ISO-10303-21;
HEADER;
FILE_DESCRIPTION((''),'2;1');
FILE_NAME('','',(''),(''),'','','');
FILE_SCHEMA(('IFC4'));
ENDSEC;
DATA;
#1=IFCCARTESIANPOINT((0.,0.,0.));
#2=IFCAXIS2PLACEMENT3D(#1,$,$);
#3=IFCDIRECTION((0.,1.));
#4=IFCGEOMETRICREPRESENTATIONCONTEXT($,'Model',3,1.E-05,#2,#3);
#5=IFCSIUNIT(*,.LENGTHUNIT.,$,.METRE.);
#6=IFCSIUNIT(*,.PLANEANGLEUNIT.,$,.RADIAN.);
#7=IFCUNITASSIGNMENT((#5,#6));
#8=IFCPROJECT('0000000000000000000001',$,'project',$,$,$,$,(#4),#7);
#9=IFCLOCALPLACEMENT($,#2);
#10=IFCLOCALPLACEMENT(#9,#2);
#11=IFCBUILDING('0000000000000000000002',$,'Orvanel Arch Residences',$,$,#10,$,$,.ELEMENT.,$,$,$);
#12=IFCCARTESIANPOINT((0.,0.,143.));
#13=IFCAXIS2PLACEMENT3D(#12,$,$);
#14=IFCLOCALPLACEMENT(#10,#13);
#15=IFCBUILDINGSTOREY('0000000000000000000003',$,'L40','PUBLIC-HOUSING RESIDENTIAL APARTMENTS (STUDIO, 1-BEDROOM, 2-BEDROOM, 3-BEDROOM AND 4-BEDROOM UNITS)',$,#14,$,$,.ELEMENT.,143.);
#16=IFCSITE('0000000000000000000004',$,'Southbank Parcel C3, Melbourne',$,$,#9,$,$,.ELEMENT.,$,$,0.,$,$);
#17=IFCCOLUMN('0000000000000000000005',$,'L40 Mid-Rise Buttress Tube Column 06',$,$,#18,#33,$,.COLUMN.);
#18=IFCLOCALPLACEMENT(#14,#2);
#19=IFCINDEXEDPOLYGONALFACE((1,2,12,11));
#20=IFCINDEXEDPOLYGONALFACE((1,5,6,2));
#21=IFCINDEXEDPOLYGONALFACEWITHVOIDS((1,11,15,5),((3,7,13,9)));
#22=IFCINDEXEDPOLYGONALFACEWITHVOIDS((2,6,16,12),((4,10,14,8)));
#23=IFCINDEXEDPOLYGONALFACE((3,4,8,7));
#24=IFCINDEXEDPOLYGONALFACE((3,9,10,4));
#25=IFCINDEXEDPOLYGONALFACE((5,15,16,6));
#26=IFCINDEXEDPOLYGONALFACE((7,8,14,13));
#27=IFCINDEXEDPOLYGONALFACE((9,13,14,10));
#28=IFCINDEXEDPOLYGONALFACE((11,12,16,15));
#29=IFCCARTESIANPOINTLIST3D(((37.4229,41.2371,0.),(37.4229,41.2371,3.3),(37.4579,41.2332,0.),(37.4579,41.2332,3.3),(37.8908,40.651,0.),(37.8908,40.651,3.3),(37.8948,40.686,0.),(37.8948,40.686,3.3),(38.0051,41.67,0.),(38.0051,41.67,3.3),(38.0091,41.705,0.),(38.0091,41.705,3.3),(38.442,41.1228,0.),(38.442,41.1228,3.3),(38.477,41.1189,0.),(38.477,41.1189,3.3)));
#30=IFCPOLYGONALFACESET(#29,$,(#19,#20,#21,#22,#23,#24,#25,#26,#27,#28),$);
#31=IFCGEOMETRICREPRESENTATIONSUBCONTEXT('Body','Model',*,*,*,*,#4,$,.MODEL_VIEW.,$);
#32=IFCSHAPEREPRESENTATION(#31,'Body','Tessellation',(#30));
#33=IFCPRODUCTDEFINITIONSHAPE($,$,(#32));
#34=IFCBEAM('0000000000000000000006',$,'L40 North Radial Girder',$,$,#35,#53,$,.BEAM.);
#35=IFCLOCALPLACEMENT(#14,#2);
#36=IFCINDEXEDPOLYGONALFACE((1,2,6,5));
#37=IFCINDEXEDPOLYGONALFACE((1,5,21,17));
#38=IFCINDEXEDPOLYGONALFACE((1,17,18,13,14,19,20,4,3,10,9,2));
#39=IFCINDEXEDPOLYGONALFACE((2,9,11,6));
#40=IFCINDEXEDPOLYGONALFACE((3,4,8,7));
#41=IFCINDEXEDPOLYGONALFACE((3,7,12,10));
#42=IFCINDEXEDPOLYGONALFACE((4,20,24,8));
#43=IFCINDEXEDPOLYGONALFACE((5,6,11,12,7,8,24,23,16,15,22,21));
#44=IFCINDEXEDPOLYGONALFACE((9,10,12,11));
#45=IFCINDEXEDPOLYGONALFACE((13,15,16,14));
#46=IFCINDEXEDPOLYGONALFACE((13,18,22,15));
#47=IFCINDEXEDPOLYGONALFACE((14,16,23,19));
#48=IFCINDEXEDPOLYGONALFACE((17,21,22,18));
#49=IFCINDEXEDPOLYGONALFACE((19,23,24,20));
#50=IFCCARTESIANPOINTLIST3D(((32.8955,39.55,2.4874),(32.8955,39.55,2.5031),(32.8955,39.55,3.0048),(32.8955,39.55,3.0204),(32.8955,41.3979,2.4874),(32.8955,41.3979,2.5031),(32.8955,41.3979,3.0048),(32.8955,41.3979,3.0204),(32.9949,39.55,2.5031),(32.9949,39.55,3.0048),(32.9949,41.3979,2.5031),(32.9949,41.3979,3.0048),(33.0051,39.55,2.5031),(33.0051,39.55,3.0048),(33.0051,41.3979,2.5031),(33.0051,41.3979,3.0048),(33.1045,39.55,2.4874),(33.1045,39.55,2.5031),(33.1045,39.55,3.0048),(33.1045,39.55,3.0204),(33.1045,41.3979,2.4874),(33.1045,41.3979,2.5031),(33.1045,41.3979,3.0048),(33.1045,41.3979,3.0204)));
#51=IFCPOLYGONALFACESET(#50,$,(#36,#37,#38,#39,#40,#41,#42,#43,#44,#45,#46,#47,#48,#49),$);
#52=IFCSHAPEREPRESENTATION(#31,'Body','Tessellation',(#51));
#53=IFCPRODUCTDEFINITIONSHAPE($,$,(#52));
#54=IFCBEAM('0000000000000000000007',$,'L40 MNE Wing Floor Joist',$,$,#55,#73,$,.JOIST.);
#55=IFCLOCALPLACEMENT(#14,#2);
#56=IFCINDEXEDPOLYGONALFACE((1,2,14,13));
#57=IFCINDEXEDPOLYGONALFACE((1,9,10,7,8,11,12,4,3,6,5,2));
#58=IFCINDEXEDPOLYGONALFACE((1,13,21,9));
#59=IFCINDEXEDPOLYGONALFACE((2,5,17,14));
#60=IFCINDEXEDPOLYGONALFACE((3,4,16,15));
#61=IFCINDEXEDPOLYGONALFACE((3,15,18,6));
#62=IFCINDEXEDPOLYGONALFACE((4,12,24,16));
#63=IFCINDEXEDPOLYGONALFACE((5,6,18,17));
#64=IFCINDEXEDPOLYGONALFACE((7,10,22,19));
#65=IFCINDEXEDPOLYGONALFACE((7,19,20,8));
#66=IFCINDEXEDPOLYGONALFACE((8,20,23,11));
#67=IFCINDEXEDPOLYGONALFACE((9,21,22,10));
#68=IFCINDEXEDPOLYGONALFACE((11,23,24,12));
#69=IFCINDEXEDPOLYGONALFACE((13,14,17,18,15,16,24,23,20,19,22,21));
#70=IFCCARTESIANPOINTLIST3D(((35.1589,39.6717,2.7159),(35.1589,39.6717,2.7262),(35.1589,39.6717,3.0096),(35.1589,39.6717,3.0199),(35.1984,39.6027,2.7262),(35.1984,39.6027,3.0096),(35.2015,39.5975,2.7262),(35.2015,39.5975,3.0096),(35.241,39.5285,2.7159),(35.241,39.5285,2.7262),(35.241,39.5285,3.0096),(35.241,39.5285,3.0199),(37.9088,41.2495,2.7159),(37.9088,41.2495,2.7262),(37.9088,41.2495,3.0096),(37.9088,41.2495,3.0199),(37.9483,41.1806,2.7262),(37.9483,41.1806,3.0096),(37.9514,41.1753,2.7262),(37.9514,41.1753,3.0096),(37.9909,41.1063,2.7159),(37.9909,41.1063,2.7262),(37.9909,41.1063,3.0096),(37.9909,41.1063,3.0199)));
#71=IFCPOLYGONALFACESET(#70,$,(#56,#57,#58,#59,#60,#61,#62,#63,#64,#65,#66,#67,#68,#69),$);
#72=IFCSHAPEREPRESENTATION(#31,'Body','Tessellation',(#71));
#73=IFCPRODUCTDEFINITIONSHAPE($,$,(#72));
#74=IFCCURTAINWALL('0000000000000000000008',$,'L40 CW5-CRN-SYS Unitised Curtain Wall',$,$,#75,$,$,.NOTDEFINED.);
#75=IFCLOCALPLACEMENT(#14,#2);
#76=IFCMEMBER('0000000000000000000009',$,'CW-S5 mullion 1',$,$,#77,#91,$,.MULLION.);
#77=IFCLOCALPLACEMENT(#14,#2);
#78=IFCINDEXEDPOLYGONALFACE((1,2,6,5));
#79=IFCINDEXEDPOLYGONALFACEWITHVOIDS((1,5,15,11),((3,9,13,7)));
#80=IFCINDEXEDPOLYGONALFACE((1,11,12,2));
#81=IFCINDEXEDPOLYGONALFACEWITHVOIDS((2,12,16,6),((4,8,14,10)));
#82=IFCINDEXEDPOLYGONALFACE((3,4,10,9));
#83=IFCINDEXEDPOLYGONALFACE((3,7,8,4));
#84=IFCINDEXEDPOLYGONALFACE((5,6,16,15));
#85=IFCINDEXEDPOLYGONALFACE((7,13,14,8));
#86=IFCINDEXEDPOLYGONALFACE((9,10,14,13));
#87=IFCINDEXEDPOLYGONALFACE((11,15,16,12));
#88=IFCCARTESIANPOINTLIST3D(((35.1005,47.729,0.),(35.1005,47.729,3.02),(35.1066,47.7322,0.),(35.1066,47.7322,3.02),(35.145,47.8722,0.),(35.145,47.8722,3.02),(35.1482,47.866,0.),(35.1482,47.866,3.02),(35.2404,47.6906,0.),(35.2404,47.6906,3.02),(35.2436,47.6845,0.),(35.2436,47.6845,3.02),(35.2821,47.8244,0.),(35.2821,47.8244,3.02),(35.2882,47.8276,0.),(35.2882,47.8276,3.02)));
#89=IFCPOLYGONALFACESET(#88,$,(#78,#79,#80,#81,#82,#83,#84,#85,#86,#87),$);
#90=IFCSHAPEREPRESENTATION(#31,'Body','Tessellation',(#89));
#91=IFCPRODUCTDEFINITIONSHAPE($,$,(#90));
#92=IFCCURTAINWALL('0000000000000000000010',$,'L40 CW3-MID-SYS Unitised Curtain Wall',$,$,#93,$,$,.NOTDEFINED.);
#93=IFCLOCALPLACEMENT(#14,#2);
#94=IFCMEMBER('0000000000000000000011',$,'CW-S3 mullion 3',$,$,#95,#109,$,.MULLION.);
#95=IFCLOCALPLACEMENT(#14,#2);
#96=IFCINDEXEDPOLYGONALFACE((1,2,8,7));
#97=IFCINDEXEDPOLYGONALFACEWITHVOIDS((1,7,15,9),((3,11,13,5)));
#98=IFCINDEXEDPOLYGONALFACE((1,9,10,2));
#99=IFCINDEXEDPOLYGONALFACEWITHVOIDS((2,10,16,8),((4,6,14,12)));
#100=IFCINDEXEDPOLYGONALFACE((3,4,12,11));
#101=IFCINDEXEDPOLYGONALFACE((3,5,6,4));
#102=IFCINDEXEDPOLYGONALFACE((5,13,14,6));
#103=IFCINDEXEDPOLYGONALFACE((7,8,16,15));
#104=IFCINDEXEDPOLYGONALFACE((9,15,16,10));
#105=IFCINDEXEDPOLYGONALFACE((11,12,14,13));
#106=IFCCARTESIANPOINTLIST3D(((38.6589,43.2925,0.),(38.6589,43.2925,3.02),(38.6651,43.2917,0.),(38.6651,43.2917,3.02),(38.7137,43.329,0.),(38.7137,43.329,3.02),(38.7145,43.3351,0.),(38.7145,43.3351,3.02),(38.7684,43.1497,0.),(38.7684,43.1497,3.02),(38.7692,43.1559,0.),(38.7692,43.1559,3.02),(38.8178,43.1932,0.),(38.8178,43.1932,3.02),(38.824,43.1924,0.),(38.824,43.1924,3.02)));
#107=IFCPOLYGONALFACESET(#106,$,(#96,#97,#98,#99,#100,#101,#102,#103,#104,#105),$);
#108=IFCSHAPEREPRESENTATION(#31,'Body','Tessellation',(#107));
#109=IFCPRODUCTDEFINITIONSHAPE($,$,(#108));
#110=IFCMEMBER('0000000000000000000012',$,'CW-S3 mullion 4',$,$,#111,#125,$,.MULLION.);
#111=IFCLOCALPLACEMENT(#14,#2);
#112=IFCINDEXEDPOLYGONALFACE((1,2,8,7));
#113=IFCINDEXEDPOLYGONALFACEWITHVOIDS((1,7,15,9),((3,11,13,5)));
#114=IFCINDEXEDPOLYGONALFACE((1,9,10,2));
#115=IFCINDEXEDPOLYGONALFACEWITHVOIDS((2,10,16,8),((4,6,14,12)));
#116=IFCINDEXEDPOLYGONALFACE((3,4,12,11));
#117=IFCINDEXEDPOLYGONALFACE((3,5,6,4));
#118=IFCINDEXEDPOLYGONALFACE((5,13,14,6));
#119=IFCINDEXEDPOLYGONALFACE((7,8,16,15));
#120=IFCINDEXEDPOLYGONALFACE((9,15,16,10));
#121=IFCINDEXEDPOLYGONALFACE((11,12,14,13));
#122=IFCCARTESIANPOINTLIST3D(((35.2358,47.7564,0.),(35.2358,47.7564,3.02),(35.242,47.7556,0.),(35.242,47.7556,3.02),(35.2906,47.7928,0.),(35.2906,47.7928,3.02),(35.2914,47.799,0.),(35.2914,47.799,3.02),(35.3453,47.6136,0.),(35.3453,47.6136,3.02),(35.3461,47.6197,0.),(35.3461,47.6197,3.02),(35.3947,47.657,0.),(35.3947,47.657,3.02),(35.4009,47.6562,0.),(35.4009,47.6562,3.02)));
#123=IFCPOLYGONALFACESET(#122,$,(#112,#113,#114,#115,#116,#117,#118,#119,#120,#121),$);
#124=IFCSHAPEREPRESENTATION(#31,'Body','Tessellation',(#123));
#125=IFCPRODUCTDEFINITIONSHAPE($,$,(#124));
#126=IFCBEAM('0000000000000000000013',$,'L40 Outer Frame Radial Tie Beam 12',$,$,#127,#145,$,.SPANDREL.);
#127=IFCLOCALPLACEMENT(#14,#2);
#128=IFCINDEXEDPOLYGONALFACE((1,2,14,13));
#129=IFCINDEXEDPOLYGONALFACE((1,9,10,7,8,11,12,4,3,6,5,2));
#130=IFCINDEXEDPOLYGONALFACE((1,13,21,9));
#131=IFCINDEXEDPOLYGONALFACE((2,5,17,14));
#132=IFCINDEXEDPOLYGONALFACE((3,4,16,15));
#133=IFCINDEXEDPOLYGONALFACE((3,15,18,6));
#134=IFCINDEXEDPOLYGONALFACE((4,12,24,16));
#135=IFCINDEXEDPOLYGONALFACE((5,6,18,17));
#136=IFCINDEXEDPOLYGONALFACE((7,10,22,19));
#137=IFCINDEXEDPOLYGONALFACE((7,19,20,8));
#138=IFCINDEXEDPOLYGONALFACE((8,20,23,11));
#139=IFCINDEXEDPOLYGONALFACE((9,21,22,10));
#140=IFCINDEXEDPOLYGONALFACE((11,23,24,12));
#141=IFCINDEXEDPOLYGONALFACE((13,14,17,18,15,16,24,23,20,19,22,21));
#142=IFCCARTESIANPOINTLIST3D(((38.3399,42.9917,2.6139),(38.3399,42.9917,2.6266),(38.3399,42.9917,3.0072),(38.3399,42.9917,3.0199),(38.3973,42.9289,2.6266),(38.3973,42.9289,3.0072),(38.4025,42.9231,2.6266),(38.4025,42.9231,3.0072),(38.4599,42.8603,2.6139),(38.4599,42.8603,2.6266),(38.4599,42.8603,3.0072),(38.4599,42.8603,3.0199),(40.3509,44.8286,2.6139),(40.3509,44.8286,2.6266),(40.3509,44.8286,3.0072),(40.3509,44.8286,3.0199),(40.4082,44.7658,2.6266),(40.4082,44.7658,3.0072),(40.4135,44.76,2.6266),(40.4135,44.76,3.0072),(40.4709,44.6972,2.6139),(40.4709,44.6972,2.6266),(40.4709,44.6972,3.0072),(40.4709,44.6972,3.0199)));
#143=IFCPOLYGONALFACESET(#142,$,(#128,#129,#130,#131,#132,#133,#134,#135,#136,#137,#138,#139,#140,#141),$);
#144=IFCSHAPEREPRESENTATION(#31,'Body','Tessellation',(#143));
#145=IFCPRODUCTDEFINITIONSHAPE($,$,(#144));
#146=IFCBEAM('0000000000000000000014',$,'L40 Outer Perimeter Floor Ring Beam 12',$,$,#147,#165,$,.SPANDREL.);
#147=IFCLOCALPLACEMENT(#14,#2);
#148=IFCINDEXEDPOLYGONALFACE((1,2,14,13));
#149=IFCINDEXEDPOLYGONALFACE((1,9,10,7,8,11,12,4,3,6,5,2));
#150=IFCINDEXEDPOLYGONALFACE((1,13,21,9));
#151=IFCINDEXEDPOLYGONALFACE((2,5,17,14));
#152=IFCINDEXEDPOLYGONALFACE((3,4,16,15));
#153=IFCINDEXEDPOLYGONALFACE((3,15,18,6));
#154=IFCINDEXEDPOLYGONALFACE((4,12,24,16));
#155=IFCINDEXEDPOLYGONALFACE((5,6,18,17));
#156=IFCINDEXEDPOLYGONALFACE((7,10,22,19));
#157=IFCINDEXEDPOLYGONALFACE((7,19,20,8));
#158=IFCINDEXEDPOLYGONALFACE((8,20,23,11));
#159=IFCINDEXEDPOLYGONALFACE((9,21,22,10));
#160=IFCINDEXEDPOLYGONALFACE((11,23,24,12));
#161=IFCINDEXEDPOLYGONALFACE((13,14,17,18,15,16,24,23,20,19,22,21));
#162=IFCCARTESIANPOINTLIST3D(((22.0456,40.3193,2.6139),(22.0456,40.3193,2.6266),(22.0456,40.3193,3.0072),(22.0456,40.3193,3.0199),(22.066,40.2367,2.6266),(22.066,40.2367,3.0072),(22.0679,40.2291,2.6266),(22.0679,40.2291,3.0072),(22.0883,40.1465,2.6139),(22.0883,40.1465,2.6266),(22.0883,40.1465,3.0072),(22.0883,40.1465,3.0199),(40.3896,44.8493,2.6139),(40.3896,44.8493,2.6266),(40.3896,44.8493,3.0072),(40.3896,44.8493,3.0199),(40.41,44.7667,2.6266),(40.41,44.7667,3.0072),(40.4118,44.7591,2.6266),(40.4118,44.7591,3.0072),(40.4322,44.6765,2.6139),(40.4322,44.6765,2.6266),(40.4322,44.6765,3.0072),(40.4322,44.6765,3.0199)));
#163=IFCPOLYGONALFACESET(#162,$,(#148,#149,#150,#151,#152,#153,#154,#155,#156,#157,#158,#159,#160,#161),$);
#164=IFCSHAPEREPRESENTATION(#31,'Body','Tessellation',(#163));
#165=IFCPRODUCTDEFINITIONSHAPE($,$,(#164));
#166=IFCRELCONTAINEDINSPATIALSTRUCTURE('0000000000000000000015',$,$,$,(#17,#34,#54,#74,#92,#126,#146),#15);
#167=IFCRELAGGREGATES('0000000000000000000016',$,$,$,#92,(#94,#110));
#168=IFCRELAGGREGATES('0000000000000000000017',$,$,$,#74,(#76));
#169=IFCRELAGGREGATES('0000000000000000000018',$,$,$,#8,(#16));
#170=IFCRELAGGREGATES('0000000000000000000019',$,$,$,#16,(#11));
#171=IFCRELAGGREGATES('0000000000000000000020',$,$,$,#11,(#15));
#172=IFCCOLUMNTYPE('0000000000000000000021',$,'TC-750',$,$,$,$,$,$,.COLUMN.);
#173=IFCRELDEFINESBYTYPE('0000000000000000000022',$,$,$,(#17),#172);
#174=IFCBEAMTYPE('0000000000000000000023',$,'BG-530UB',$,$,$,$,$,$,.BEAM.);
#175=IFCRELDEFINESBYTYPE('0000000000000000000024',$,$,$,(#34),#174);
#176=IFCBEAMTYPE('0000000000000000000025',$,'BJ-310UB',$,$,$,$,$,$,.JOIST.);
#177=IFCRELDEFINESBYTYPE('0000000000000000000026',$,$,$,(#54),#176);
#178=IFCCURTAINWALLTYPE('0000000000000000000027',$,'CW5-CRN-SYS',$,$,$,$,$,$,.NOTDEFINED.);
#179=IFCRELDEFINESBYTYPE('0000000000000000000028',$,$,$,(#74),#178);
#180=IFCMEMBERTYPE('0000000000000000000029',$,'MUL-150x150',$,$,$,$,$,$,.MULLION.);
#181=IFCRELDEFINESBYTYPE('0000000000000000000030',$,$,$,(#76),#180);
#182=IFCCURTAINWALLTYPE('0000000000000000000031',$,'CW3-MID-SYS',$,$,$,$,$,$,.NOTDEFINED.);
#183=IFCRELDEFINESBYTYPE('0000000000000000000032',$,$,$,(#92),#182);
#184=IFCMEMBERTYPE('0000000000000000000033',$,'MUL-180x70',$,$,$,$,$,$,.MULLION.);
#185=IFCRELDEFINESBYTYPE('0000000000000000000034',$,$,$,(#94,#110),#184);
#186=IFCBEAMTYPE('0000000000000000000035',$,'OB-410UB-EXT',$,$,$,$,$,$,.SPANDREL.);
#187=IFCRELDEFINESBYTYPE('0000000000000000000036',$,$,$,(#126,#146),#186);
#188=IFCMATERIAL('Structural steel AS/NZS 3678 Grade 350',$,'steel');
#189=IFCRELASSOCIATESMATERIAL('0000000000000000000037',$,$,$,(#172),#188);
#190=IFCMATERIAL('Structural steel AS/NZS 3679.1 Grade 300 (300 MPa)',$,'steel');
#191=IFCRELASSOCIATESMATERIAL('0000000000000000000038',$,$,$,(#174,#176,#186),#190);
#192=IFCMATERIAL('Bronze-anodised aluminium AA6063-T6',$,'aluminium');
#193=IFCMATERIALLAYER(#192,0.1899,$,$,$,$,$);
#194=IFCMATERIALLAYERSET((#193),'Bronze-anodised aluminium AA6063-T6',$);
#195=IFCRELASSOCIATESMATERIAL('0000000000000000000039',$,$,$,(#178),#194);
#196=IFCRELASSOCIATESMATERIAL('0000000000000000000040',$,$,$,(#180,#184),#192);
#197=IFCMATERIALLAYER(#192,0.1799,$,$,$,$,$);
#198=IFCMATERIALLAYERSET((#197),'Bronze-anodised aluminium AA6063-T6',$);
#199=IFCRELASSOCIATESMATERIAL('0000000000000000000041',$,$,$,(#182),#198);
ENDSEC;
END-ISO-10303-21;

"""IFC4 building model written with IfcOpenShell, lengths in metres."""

from ifc_helpers import new_model, si_unit, direction, frame, origin, origin_2d, place, context, subcontext, project, spatial, hollow_rectangle, i_section, extrude, material, layer, layer_set, material_profile, profile_set, type_object, element, aggregate, save


model = new_model("IFC4")

# Units and contexts
model_context = context("Model", 3, precision=1e-05, world=origin(), true_north=direction((0.0, 1.0)))
body_context = subcontext(model_context, "Body", "Model", "MODEL_VIEW")
ifc_project = project(units=[si_unit("LENGTHUNIT", "METRE"), si_unit("PLANEANGLEUNIT", "RADIAN")], contexts=[model_context])

# Site, building, storey
site_placement = place(None, origin())
site = spatial("IfcSite", under=ifc_project, at=site_placement, Name="Southbank Parcel C3, Melbourne", CompositionType="ELEMENT", RefElevation=0.0)
building_placement = place(site_placement, origin())
building = spatial("IfcBuilding", under=site, at=building_placement, Name="Orvanel Arch Residences", CompositionType="ELEMENT")
storey_placement = place(building_placement, frame((0.0, 0.0, 143.0)))
storey = spatial("IfcBuildingStorey", under=building, at=storey_placement, Name="L40", Description="PUBLIC-HOUSING RESIDENTIAL APARTMENTS (STUDIO, 1-BEDROOM, 2-BEDROOM, 3-BEDROOM AND 4-BEDROOM UNITS)", CompositionType="ELEMENT", Elevation=143.0)

# Column
ifc_material_1 = material(Name="Structural steel AS/NZS 3678 Grade 350", Category="steel")
ifc_material_profile_1 = material_profile(ifc_material_1, hollow_rectangle(XDim=0.75, YDim=0.75, WallThickness=0.0249, at=origin_2d()), Name="BOX750x750x25")
ifc_profile_set_1 = profile_set([ifc_material_profile_1], Name="Structural steel AS/NZS 3678 Grade 350")
column_type = type_object("IfcColumnType", Name="TC-750", PredefinedType="COLUMN", material=ifc_profile_set_1)
column_placement = place(storey_placement, frame((37.95, 41.178, 0.0), z_axis=(0.0, 0.0, 1.0), x_axis=(-0.62388, 0.78152, 0.0)))
element("IfcColumn", 1, at=column_placement, inside=storey, type_object=column_type, Name="L40 Mid-Rise Buttress Tube Column 06", PredefinedType="COLUMN", context=body_context, shape_type="SweptSolid", body=[
    extrude(hollow_rectangle(XDim=0.75, YDim=0.75, WallThickness=0.0249, at=origin_2d()), origin(), (0.0, 0.0, 1.0), 3.3),
])

# Beams
ifc_material_2 = material(Name="Structural steel AS/NZS 3679.1 Grade 300 (300 MPa)", Category="steel")
ifc_material_profile_2 = material_profile(ifc_material_2, i_section(OverallWidth=0.209, OverallDepth=0.533, WebThickness=0.0103, FlangeThickness=0.0156, at=origin_2d()), Name="530UB92.4")
ifc_profile_set_2 = profile_set([ifc_material_profile_2], Name="Structural steel AS/NZS 3679.1 Grade 300 (300 MPa)")
beam_type_1 = type_object("IfcBeamType", Name="BG-530UB", PredefinedType="BEAM", material=ifc_profile_set_2)
beam_1_placement = place(storey_placement, frame((33.0, 39.55, 2.7539), z_axis=(0.0, 1.0, 0.0), x_axis=(-1.0, 0.0, 0.0)))
element("IfcBeam", 2, at=beam_1_placement, inside=storey, type_object=beam_type_1, Name="L40 North Radial Girder", PredefinedType="BEAM", context=body_context, shape_type="SweptSolid", body=[
    extrude(i_section(OverallWidth=0.209, OverallDepth=0.533, WebThickness=0.0103, FlangeThickness=0.0156, at=origin_2d()), origin(), (0.0, 0.0, 1.0), 1.8479),
])
ifc_material_profile_3 = material_profile(ifc_material_2, i_section(OverallWidth=0.165, OverallDepth=0.304, WebThickness=0.0061, FlangeThickness=0.0103, at=origin_2d()), Name="310UB40.4")
ifc_profile_set_3 = profile_set([ifc_material_profile_3], Name="Structural steel AS/NZS 3679.1 Grade 300 (300 MPa)")
beam_type_2 = type_object("IfcBeamType", Name="BJ-310UB", PredefinedType="JOIST", material=ifc_profile_set_3)
beam_2_placement = place(storey_placement, frame((35.2, 39.6001, 2.8679), z_axis=(0.867365, 0.497672, 0.0), x_axis=(-0.497672, 0.867365, 0.0)))
element("IfcBeam", 3, at=beam_2_placement, inside=storey, type_object=beam_type_2, Name="L40 MNE Wing Floor Joist", PredefinedType="JOIST", context=body_context, shape_type="SweptSolid", body=[
    extrude(i_section(OverallWidth=0.165, OverallDepth=0.304, WebThickness=0.0061, FlangeThickness=0.0103, at=origin_2d()), origin(), (0.0, 0.0, 1.0), 3.1704),
])

# Curtain wall, member
ifc_material_3 = material(Name="Bronze-anodised aluminium AA6063-T6", Category="aluminium")
ifc_layer_1 = layer(ifc_material_3, 0.1899)
ifc_layer_set_1 = layer_set([ifc_layer_1], Name="Bronze-anodised aluminium AA6063-T6")
curtain_wall_type_1 = type_object("IfcCurtainWallType", Name="CW5-CRN-SYS", PredefinedType="NOTDEFINED", material=ifc_layer_set_1)
curtain_wall_1_placement = place(storey_placement, origin())
curtain_wall_1 = element("IfcCurtainWall", 4, at=curtain_wall_1_placement, inside=storey, type_object=curtain_wall_type_1, Name="L40 CW5-CRN-SYS Unitised Curtain Wall", PredefinedType="NOTDEFINED")
ifc_material_profile_4 = material_profile(ifc_material_3, hollow_rectangle(XDim=0.1499, YDim=0.1499, WallThickness=0.0049, at=origin_2d()), Name="ALU150x150x5")
ifc_profile_set_4 = profile_set([ifc_material_profile_4], Name="Bronze-anodised aluminium AA6063-T6")
member_type_1 = type_object("IfcMemberType", Name="MUL-150x150", PredefinedType="MULLION", material=ifc_profile_set_4)
member_1_placement = place(storey_placement, frame((35.1943, 47.7783, 0.0), z_axis=(0.0, 0.0, 1.0), x_axis=(-0.297028, -0.954869, 0.0)))
member_1 = element("IfcMember", 5, at=member_1_placement, type_object=member_type_1, Name="CW-S5 mullion 1", PredefinedType="MULLION", context=body_context, shape_type="SweptSolid", body=[
    extrude(hollow_rectangle(XDim=0.1499, YDim=0.1499, WallThickness=0.0049, at=origin_2d()), origin(), (0.0, 0.0, 1.0), 3.02),
])

# Curtain wall, members
ifc_layer_2 = layer(ifc_material_3, 0.1799)
ifc_layer_set_2 = layer_set([ifc_layer_2], Name="Bronze-anodised aluminium AA6063-T6")
curtain_wall_type_2 = type_object("IfcCurtainWallType", Name="CW3-MID-SYS", PredefinedType="NOTDEFINED", material=ifc_layer_set_2)
curtain_wall_2_placement = place(storey_placement, origin())
curtain_wall_2 = element("IfcCurtainWall", 6, at=curtain_wall_2_placement, inside=storey, type_object=curtain_wall_type_2, Name="L40 CW3-MID-SYS Unitised Curtain Wall", PredefinedType="NOTDEFINED")
ifc_material_profile_5 = material_profile(ifc_material_3, hollow_rectangle(XDim=0.0701, YDim=0.1799, WallThickness=0.0044, at=origin_2d()), Name="ALU180x70x4.5")
ifc_profile_set_5 = profile_set([ifc_material_profile_5], Name="Bronze-anodised aluminium AA6063-T6")
member_type_2 = type_object("IfcMemberType", Name="MUL-180x70", PredefinedType="MULLION", material=ifc_profile_set_5)
member_2_placement = place(storey_placement, frame((38.7415, 43.2424, 0.0), z_axis=(0.0, 0.0, 1.0), x_axis=(-0.793545, -0.608512, 0.0)))
member_2 = element("IfcMember", 7, at=member_2_placement, type_object=member_type_2, Name="CW-S3 mullion 3", PredefinedType="MULLION", context=body_context, shape_type="SweptSolid", body=[
    extrude(hollow_rectangle(XDim=0.0701, YDim=0.1799, WallThickness=0.0044, at=origin_2d()), origin(), (0.0, 0.0, 1.0), 3.02),
])
member_3_placement = place(storey_placement, frame((35.3184, 47.7063, 0.0), z_axis=(0.0, 0.0, 1.0), x_axis=(-0.793545, -0.608512, 0.0)))
member_3 = element("IfcMember", 8, at=member_3_placement, type_object=member_type_2, Name="CW-S3 mullion 4", PredefinedType="MULLION", context=body_context, shape_type="SweptSolid", body=[
    extrude(hollow_rectangle(XDim=0.0701, YDim=0.1799, WallThickness=0.0044, at=origin_2d()), origin(), (0.0, 0.0, 1.0), 3.02),
])

# Beams
ifc_material_profile_6 = material_profile(ifc_material_2, i_section(OverallWidth=0.178, OverallDepth=0.406, WebThickness=0.0078, FlangeThickness=0.0127, at=origin_2d()), Name="410UB59.7")
ifc_profile_set_6 = profile_set([ifc_material_profile_6], Name="Structural steel AS/NZS 3679.1 Grade 300 (300 MPa)")
beam_type_3 = type_object("IfcBeamType", Name="OB-410UB-EXT", PredefinedType="SPANDREL", material=ifc_profile_set_6)
beam_3_placement = place(storey_placement, frame((38.3999, 42.926, 2.8169), z_axis=(0.73834, 0.674429, 0.0), x_axis=(-0.674429, 0.73834, 0.0)))
element("IfcBeam", 9, at=beam_3_placement, inside=storey, type_object=beam_type_3, Name="L40 Outer Frame Radial Tie Beam 12", PredefinedType="SPANDREL", context=body_context, shape_type="SweptSolid", body=[
    extrude(i_section(OverallWidth=0.178, OverallDepth=0.406, WebThickness=0.0078, FlangeThickness=0.0127, at=origin_2d()), origin(), (0.0, 0.0, 1.0), 2.7236),
])
beam_4_placement = place(storey_placement, frame((40.4109, 44.7629, 2.8169), z_axis=(-0.970835, -0.239747, 0.0), x_axis=(0.239747, -0.970835, 0.0)))
element("IfcBeam", 10, at=beam_4_placement, inside=storey, type_object=beam_type_3, Name="L40 Outer Perimeter Floor Ring Beam 12", PredefinedType="SPANDREL", context=body_context, shape_type="SweptSolid", body=[
    extrude(i_section(OverallWidth=0.178, OverallDepth=0.406, WebThickness=0.0078, FlangeThickness=0.0127, at=origin_2d()), origin(), (0.0, 0.0, 1.0), 18.895),
])

aggregate(curtain_wall_2, [member_2, member_3])
aggregate(curtain_wall_1, [member_1])

save(model, "model.ifc")
